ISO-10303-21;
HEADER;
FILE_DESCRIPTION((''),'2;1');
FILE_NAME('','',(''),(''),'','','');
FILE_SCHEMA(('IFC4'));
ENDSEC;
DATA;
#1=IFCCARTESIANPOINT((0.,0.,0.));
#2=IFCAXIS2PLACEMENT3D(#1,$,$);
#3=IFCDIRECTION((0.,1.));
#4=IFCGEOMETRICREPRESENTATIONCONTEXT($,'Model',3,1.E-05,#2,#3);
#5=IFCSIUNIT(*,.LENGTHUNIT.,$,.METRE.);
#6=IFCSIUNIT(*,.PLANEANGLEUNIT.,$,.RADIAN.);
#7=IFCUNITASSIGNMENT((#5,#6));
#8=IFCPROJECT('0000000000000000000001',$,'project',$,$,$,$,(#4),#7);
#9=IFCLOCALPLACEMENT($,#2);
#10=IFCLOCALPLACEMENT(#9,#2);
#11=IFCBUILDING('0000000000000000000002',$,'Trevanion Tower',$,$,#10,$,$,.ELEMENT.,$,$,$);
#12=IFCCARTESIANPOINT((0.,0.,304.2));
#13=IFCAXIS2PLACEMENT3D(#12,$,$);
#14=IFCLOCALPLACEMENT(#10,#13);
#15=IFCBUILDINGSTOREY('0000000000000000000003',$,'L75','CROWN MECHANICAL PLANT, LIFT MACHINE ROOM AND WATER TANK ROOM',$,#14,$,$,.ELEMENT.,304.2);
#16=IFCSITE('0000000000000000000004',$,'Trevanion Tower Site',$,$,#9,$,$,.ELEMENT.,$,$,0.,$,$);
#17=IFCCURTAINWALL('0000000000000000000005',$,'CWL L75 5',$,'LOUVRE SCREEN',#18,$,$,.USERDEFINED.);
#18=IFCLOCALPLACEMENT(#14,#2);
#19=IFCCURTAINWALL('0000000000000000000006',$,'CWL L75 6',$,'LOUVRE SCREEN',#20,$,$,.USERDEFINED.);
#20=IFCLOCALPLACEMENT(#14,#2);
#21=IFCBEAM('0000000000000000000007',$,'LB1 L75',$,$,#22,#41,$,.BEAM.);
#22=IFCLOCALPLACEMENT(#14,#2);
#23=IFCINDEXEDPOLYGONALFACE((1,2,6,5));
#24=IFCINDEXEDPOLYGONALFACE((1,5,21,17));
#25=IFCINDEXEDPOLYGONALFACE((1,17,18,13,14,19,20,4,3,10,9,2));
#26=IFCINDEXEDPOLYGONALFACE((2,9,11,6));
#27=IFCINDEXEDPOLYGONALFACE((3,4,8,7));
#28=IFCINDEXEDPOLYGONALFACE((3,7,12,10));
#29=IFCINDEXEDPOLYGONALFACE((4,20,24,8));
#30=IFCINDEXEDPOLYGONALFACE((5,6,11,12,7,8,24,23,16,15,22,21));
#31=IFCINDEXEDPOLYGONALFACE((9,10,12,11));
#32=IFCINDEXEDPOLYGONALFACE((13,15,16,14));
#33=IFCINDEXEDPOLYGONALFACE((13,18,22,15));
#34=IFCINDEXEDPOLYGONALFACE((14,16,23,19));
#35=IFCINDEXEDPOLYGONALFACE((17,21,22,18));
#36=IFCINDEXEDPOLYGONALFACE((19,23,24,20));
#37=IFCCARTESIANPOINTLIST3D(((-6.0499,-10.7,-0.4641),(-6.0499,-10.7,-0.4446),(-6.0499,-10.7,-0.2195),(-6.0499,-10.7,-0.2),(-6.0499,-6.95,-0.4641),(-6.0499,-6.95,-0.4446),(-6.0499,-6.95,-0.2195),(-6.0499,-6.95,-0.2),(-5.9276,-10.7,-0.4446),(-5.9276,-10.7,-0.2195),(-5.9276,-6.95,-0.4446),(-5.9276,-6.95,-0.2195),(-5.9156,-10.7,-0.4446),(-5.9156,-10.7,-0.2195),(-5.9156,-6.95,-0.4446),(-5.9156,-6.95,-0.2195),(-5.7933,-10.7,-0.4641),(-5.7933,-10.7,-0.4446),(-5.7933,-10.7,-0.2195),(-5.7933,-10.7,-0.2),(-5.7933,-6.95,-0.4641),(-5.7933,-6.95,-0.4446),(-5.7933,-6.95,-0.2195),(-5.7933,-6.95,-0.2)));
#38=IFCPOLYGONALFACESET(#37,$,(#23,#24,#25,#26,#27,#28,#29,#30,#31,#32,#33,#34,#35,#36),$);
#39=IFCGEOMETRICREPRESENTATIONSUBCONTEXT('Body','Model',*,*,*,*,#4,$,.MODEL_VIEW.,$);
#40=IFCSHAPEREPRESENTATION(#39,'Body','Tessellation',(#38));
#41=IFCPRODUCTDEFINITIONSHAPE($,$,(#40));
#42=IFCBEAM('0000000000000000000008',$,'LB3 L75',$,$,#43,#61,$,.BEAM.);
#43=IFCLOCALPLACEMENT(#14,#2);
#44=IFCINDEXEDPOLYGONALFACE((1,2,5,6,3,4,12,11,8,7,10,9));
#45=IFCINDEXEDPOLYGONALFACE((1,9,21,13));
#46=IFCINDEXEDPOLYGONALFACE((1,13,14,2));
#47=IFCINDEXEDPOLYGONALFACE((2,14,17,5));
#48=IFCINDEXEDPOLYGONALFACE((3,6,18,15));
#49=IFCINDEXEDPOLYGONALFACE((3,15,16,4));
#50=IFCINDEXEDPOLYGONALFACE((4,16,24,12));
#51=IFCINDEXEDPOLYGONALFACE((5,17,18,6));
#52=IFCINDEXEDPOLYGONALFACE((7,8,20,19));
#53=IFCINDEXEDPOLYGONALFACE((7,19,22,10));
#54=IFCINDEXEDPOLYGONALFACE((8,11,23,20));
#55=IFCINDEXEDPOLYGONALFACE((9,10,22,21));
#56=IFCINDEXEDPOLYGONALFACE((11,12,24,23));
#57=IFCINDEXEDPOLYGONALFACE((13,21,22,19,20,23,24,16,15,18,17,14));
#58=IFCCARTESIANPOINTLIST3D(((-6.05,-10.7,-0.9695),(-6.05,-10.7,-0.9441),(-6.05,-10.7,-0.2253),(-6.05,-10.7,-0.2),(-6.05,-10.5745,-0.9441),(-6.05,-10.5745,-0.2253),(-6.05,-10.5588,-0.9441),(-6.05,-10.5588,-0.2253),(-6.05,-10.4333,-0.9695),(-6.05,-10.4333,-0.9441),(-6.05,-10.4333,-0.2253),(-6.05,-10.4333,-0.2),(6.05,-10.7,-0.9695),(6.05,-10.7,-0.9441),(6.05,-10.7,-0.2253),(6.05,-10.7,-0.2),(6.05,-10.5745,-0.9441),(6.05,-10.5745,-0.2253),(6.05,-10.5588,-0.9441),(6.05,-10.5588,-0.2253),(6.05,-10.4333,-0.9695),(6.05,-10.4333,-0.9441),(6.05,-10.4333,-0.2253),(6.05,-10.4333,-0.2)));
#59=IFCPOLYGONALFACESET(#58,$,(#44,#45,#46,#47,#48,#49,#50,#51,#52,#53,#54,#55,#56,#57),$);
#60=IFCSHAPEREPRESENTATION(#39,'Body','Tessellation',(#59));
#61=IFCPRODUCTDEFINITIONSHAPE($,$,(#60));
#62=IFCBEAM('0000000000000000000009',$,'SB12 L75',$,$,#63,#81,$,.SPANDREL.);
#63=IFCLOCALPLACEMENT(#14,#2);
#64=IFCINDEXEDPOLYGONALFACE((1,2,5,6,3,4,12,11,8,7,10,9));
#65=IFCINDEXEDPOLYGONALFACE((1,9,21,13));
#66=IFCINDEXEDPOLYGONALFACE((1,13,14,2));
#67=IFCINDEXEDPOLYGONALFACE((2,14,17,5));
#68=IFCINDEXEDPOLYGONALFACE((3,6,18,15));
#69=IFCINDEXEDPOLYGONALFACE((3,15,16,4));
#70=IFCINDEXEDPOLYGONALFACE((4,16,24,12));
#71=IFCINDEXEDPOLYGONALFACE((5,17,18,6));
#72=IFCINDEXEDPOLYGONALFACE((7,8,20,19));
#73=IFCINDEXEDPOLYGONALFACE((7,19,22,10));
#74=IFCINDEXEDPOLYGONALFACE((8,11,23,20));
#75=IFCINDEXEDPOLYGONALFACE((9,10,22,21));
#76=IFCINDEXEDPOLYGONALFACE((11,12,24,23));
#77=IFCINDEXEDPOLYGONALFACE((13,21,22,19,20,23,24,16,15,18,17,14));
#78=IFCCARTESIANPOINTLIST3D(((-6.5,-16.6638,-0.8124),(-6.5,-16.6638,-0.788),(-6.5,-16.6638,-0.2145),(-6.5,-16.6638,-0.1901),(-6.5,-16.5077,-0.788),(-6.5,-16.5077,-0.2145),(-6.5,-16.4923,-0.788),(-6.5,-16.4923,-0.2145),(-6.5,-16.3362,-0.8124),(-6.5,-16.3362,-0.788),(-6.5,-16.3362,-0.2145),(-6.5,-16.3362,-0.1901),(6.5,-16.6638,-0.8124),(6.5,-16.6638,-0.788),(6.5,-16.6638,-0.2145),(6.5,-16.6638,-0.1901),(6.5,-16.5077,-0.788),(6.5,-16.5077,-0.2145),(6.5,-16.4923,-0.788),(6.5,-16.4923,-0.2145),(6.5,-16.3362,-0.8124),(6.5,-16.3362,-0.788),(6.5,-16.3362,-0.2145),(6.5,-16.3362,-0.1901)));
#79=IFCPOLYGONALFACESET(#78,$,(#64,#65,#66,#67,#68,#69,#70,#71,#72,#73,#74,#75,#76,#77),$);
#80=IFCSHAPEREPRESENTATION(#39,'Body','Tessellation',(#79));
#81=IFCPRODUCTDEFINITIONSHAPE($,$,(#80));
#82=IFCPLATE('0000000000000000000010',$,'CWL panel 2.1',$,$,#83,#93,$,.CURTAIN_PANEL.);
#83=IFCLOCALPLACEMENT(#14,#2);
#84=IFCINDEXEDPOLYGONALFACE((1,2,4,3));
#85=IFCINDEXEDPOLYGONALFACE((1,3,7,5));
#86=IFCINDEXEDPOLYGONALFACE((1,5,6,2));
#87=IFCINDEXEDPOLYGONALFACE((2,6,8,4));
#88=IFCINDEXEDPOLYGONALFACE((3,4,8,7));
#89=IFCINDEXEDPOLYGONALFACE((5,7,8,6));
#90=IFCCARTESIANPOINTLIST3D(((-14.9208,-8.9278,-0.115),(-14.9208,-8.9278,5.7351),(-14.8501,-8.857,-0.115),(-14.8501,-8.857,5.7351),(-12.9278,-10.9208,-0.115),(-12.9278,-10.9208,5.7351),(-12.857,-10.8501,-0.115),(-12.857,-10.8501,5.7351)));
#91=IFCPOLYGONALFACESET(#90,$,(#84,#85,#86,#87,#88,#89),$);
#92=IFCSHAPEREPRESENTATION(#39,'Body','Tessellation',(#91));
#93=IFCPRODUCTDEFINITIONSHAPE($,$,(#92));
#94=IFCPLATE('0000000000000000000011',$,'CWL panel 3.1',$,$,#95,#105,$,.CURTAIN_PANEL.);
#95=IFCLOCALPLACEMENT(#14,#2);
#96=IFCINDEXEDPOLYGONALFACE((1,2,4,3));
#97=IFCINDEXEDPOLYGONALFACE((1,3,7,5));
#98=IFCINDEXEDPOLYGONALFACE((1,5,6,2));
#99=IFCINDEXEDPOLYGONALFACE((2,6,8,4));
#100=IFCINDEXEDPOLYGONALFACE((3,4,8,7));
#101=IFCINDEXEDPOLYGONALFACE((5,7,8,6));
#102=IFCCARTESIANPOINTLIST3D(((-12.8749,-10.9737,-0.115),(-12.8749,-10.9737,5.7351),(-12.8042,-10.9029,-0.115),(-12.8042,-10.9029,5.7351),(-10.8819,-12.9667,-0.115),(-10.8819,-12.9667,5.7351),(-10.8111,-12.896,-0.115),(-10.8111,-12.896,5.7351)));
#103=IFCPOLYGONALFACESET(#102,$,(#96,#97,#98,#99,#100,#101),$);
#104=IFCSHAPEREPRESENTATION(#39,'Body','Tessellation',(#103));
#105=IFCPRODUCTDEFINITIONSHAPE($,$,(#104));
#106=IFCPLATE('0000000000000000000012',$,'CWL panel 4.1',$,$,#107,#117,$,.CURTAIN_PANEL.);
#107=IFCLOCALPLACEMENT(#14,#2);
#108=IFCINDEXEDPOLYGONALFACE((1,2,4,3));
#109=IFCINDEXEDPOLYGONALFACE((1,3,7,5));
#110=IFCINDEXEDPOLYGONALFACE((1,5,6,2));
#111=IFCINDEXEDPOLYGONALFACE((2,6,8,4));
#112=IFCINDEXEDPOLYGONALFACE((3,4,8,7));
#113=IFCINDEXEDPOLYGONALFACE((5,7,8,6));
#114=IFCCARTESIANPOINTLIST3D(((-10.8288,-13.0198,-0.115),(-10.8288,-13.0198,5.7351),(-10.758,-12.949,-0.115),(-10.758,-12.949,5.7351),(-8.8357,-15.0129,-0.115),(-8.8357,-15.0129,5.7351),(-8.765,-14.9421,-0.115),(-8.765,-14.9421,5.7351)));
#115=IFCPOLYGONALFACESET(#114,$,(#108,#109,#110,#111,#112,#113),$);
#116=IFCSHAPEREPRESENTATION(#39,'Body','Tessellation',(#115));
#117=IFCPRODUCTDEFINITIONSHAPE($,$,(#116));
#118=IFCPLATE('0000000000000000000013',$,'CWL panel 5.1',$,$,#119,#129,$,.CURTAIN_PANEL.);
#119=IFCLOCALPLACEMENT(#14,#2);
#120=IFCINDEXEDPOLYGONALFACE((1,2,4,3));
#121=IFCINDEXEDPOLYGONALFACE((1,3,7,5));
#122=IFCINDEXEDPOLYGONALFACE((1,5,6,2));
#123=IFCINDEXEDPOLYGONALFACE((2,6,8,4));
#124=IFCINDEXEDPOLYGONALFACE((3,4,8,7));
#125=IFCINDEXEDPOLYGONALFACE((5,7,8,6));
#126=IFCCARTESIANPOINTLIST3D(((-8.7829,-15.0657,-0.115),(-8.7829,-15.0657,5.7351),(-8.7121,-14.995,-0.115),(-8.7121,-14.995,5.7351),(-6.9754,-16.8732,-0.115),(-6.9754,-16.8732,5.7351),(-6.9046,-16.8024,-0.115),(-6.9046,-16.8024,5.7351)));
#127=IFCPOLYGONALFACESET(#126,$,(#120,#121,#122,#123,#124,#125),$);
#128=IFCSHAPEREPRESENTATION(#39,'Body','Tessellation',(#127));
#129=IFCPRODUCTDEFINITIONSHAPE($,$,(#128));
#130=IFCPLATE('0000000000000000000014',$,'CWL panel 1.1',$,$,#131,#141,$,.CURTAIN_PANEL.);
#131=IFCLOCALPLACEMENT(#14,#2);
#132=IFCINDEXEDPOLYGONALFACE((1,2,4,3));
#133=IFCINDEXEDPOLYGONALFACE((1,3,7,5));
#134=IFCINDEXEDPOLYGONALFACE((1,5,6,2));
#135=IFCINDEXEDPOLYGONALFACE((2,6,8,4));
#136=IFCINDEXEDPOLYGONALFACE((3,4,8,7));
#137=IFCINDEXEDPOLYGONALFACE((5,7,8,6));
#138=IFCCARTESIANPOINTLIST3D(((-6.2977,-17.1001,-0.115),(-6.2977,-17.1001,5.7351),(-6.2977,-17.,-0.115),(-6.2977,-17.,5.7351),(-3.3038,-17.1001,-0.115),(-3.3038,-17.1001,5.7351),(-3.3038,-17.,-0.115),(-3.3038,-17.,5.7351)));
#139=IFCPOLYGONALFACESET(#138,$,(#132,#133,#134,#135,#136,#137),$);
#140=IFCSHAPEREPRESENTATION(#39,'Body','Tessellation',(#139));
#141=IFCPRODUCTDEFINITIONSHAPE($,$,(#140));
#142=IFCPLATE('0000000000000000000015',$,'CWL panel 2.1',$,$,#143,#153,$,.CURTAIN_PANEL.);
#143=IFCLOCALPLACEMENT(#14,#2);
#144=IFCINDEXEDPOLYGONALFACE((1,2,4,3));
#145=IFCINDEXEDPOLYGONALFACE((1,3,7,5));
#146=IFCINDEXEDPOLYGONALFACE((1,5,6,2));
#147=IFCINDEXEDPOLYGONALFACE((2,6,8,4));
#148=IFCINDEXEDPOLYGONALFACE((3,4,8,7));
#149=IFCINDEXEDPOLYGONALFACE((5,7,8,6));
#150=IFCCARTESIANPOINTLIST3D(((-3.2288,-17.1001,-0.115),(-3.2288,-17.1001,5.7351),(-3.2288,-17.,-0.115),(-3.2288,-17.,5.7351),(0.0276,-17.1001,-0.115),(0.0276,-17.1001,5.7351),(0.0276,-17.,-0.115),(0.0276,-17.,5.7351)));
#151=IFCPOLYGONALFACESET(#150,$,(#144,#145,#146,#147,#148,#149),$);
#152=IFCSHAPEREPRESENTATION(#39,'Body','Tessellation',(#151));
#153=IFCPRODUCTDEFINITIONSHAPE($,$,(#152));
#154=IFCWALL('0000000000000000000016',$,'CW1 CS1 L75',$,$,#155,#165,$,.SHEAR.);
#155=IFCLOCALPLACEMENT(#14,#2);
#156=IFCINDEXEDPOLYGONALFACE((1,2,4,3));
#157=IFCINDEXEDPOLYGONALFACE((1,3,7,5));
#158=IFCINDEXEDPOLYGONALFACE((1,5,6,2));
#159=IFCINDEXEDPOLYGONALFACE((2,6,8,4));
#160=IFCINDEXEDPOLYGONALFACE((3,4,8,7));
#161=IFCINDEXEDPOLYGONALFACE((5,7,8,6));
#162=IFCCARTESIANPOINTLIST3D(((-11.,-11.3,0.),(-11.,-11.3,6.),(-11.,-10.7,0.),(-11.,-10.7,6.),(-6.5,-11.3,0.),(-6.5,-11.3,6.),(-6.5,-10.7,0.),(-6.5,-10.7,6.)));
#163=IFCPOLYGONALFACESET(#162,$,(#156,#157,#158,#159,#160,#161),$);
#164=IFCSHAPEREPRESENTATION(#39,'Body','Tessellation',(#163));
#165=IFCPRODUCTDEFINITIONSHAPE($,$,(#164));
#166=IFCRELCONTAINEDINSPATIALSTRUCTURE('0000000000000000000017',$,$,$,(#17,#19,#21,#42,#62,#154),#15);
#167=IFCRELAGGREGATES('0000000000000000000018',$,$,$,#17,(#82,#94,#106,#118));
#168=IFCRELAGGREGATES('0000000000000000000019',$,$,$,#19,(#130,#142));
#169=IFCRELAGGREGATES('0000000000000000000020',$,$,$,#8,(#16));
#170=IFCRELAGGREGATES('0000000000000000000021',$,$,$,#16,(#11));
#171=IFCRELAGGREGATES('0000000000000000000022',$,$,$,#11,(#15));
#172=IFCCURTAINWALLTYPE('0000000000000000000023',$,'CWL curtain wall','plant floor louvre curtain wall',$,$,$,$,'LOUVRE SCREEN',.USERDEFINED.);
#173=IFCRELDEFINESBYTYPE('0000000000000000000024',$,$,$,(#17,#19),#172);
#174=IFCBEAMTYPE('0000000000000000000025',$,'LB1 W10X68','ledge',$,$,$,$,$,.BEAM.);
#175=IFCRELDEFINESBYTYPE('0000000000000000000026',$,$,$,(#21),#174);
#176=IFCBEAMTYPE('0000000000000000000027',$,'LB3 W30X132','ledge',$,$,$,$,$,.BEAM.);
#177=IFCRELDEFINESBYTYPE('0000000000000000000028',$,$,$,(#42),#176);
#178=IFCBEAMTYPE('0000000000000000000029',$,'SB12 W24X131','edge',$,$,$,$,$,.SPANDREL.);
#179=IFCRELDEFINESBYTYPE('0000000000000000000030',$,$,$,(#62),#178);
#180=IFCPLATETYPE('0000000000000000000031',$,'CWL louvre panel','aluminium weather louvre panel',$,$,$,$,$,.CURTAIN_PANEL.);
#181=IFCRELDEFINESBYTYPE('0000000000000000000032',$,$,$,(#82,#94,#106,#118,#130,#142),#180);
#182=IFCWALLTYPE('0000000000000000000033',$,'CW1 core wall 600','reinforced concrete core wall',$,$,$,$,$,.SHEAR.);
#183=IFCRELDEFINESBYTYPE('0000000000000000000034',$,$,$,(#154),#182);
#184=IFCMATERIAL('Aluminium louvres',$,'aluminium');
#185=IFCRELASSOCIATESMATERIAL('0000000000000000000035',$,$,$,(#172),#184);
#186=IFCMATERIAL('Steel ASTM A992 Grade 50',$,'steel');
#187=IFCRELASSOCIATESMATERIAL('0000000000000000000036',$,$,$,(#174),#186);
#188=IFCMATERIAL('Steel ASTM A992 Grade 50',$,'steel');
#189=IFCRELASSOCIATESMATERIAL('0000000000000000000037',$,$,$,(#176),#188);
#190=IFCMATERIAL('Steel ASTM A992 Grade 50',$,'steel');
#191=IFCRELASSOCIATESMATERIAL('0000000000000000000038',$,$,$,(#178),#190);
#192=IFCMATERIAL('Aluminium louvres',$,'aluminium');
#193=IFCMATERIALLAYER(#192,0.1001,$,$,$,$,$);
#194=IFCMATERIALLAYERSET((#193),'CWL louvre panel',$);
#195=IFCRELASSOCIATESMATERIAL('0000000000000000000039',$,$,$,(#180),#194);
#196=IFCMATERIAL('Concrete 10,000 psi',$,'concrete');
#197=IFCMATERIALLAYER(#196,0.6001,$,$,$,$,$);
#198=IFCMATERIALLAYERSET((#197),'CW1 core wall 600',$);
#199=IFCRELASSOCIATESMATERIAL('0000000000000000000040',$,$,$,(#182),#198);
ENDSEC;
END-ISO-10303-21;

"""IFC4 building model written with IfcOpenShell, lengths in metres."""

from ifc_helpers import new_model, si_unit, direction, frame, frame_2d, origin, origin_2d, place, context, subcontext, project, spatial, rectangle, i_section, extrude, material, layer, layer_set, material_profile, profile_set, type_object, element, aggregate, save


model = new_model("IFC4")

# Units and contexts
model_context = context("Model", 3, precision=1e-05, world=origin(), true_north=direction((0.0, 1.0)))
body_context = subcontext(model_context, "Body", "Model", "MODEL_VIEW")
ifc_project = project(units=[si_unit("LENGTHUNIT", "METRE"), si_unit("PLANEANGLEUNIT", "RADIAN")], contexts=[model_context])

# Site, building, storey
site_placement = place(None, origin())
site = spatial("IfcSite", under=ifc_project, at=site_placement, Name="Trevanion Tower Site", CompositionType="ELEMENT", RefElevation=0.0)
building_placement = place(site_placement, origin())
building = spatial("IfcBuilding", under=site, at=building_placement, Name="Trevanion Tower", CompositionType="ELEMENT")
storey_placement = place(building_placement, frame((0.0, 0.0, 304.2)))
storey = spatial("IfcBuildingStorey", under=building, at=storey_placement, Name="L75", Description="CROWN MECHANICAL PLANT, LIFT MACHINE ROOM AND WATER TANK ROOM", CompositionType="ELEMENT", Elevation=304.2)

# Curtain wall
ifc_material_1 = material(Name="Aluminium louvres", Category="aluminium")
curtain_wall_type = type_object("IfcCurtainWallType", Name="CWL curtain wall", Description="plant floor louvre curtain wall", ElementType="LOUVRE SCREEN", PredefinedType="USERDEFINED", material=ifc_material_1)
curtain_wall_1_placement = place(storey_placement, origin())
curtain_wall_1 = element("IfcCurtainWall", 1, at=curtain_wall_1_placement, inside=storey, type_object=curtain_wall_type, Name="CWL L75 5", ObjectType="LOUVRE SCREEN", PredefinedType="USERDEFINED")

# Curtain wall
curtain_wall_2_placement = place(storey_placement, origin())
curtain_wall_2 = element("IfcCurtainWall", 2, at=curtain_wall_2_placement, inside=storey, type_object=curtain_wall_type, Name="CWL L75 6", ObjectType="LOUVRE SCREEN", PredefinedType="USERDEFINED")

# Beams
ifc_material_2 = material(Name="Steel ASTM A992 Grade 50", Category="steel")
ifc_material_profile_1 = material_profile(ifc_material_2, i_section(OverallWidth=0.2566, OverallDepth=0.2642, WebThickness=0.012, FlangeThickness=0.0195, at=origin_2d()), Name="W10X68")
ifc_profile_set_1 = profile_set([ifc_material_profile_1], Name="Steel ASTM A992 Grade 50")
beam_type_1 = type_object("IfcBeamType", Name="LB1 W10X68", Description="ledge", PredefinedType="BEAM", material=ifc_profile_set_1)
beam_1_placement = place(storey_placement, frame((-5.9216, -10.7, -0.332), z_axis=(0.0, 1.0, 0.0), x_axis=(-1.0, 0.0, 0.0)))
element("IfcBeam", 3, at=beam_1_placement, inside=storey, type_object=beam_type_1, Name="LB1 L75", PredefinedType="BEAM", context=body_context, shape_type="SweptSolid", body=[
    extrude(i_section(OverallWidth=0.2566, OverallDepth=0.2642, WebThickness=0.012, FlangeThickness=0.0195, at=origin_2d()), origin(), (0.0, 0.0, 1.0), 3.75),
])
ifc_material_3 = material(Name="Steel ASTM A992 Grade 50", Category="steel")
ifc_material_profile_2 = material_profile(ifc_material_3, i_section(OverallWidth=0.2666, OverallDepth=0.7695, WebThickness=0.0156, FlangeThickness=0.0254, at=origin_2d()), Name="W30X132")
ifc_profile_set_2 = profile_set([ifc_material_profile_2], Name="Steel ASTM A992 Grade 50")
beam_type_2 = type_object("IfcBeamType", Name="LB3 W30X132", Description="ledge", PredefinedType="BEAM", material=ifc_profile_set_2)
beam_2_placement = place(storey_placement, frame((-6.05, -10.5667, -0.5847), z_axis=(1.0, 0.0, 0.0), x_axis=(0.0, 1.0, 0.0)))
element("IfcBeam", 4, at=beam_2_placement, inside=storey, type_object=beam_type_2, Name="LB3 L75", PredefinedType="BEAM", context=body_context, shape_type="SweptSolid", body=[
    extrude(i_section(OverallWidth=0.2666, OverallDepth=0.7695, WebThickness=0.0156, FlangeThickness=0.0254, at=origin_2d()), origin(), (0.0, 0.0, 1.0), 12.1001),
])
ifc_material_4 = material(Name="Steel ASTM A992 Grade 50", Category="steel")
ifc_material_profile_3 = material_profile(ifc_material_4, i_section(OverallWidth=0.3276, OverallDepth=0.6223, WebThickness=0.0154, FlangeThickness=0.0244, at=origin_2d()), Name="W24X131")
ifc_profile_set_3 = profile_set([ifc_material_profile_3], Name="Steel ASTM A992 Grade 50")
beam_type_3 = type_object("IfcBeamType", Name="SB12 W24X131", Description="edge", PredefinedType="SPANDREL", material=ifc_profile_set_3)
beam_3_placement = place(storey_placement, frame((-6.5, -16.5, -0.5012), z_axis=(1.0, 0.0, 0.0), x_axis=(0.0, 1.0, 0.0)))
element("IfcBeam", 5, at=beam_3_placement, inside=storey, type_object=beam_type_3, Name="SB12 L75", PredefinedType="SPANDREL", context=body_context, shape_type="SweptSolid", body=[
    extrude(i_section(OverallWidth=0.3276, OverallDepth=0.6223, WebThickness=0.0154, FlangeThickness=0.0244, at=origin_2d()), origin(), (0.0, 0.0, 1.0), 13.0),
])

# Plates
ifc_material_5 = material(Name="Aluminium louvres", Category="aluminium")
ifc_layer_1 = layer(ifc_material_5, 0.1001)
ifc_layer_set_1 = layer_set([ifc_layer_1], Name="CWL louvre panel")
plate_type = type_object("IfcPlateType", Name="CWL louvre panel", Description="aluminium weather louvre panel", PredefinedType="CURTAIN_PANEL", material=ifc_layer_set_1)
plate_1_placement = place(storey_placement, frame((-13.8889, -9.8889, -0.115), z_axis=(0.0, 0.0, 1.0), x_axis=(0.707107, -0.707107, 0.0)))
plate_1 = element("IfcPlate", 6, at=plate_1_placement, type_object=plate_type, Name="CWL panel 2.1", PredefinedType="CURTAIN_PANEL", context=body_context, shape_type="SweptSolid", body=[
    extrude(rectangle(XDim=2.8186, YDim=0.1001, at=origin_2d()), origin(), (0.0, 0.0, 1.0), 5.8501),
])
plate_2_placement = place(storey_placement, frame((-11.843, -11.9348, -0.115), z_axis=(0.0, 0.0, 1.0), x_axis=(0.707107, -0.707107, 0.0)))
plate_2 = element("IfcPlate", 7, at=plate_2_placement, type_object=plate_type, Name="CWL panel 3.1", PredefinedType="CURTAIN_PANEL", context=body_context, shape_type="SweptSolid", body=[
    extrude(rectangle(XDim=2.8186, YDim=0.1001, at=origin_2d()), origin(), (0.0, 0.0, 1.0), 5.8501),
])
plate_3_placement = place(storey_placement, frame((-9.7969, -13.981, -0.115), z_axis=(0.0, 0.0, 1.0), x_axis=(0.707107, -0.707107, 0.0)))
plate_3 = element("IfcPlate", 8, at=plate_3_placement, type_object=plate_type, Name="CWL panel 4.1", PredefinedType="CURTAIN_PANEL", context=body_context, shape_type="SweptSolid", body=[
    extrude(rectangle(XDim=2.8186, YDim=0.1001, at=origin_2d()), origin(), (0.0, 0.0, 1.0), 5.8501),
])
plate_4_placement = place(storey_placement, frame((-7.8438, -15.9341, -0.115), z_axis=(0.0, 0.0, 1.0), x_axis=(0.707107, -0.707107, 0.0)))
plate_4 = element("IfcPlate", 9, at=plate_4_placement, type_object=plate_type, Name="CWL panel 5.1", PredefinedType="CURTAIN_PANEL", context=body_context, shape_type="SweptSolid", body=[
    extrude(rectangle(XDim=2.5562, YDim=0.1001, at=origin_2d()), origin(), (0.0, 0.0, 1.0), 5.8501),
])
aggregate(curtain_wall_1, [plate_1, plate_2, plate_3, plate_4])
plate_5_placement = place(storey_placement, frame((-4.8008, -17.05, -0.115), z_axis=(0.0, 0.0, 1.0), x_axis=(1.0, 0.0, 0.0)))
plate_5 = element("IfcPlate", 10, at=plate_5_placement, type_object=plate_type, Name="CWL panel 1.1", PredefinedType="CURTAIN_PANEL", context=body_context, shape_type="SweptSolid", body=[
    extrude(rectangle(XDim=2.9939, YDim=0.1001, at=origin_2d()), origin(), (0.0, 0.0, 1.0), 5.8501),
])
plate_6_placement = place(storey_placement, frame((-1.6006, -17.05, -0.115), z_axis=(0.0, 0.0, 1.0), x_axis=(1.0, 0.0, 0.0)))
plate_6 = element("IfcPlate", 11, at=plate_6_placement, type_object=plate_type, Name="CWL panel 2.1", PredefinedType="CURTAIN_PANEL", context=body_context, shape_type="SweptSolid", body=[
    extrude(rectangle(XDim=3.2563, YDim=0.1001, at=origin_2d()), origin(), (0.0, 0.0, 1.0), 5.8501),
])
aggregate(curtain_wall_2, [plate_5, plate_6])

# Wall
ifc_material_6 = material(Name="Concrete 10,000 psi", Category="concrete")
ifc_layer_2 = layer(ifc_material_6, 0.6001)
ifc_layer_set_2 = layer_set([ifc_layer_2], Name="CW1 core wall 600")
wall_type = type_object("IfcWallType", Name="CW1 core wall 600", Description="reinforced concrete core wall", PredefinedType="SHEAR", material=ifc_layer_set_2)
wall_1_placement = place(storey_placement, frame((-11.0, -11.0, 0.0), z_axis=(0.0, 0.0, 1.0), x_axis=(1.0, 0.0, 0.0)))
element("IfcWall", 12, at=wall_1_placement, inside=storey, type_object=wall_type, Name="CW1 CS1 L75", PredefinedType="SHEAR", context=body_context, shape_type="SweptSolid", body=[
    extrude(rectangle(XDim=4.5, YDim=0.6001, at=frame_2d((2.25, 0.0))), origin(), (0.0, 0.0, 1.0), 6.0),
])

save(model, "model.ifc")
